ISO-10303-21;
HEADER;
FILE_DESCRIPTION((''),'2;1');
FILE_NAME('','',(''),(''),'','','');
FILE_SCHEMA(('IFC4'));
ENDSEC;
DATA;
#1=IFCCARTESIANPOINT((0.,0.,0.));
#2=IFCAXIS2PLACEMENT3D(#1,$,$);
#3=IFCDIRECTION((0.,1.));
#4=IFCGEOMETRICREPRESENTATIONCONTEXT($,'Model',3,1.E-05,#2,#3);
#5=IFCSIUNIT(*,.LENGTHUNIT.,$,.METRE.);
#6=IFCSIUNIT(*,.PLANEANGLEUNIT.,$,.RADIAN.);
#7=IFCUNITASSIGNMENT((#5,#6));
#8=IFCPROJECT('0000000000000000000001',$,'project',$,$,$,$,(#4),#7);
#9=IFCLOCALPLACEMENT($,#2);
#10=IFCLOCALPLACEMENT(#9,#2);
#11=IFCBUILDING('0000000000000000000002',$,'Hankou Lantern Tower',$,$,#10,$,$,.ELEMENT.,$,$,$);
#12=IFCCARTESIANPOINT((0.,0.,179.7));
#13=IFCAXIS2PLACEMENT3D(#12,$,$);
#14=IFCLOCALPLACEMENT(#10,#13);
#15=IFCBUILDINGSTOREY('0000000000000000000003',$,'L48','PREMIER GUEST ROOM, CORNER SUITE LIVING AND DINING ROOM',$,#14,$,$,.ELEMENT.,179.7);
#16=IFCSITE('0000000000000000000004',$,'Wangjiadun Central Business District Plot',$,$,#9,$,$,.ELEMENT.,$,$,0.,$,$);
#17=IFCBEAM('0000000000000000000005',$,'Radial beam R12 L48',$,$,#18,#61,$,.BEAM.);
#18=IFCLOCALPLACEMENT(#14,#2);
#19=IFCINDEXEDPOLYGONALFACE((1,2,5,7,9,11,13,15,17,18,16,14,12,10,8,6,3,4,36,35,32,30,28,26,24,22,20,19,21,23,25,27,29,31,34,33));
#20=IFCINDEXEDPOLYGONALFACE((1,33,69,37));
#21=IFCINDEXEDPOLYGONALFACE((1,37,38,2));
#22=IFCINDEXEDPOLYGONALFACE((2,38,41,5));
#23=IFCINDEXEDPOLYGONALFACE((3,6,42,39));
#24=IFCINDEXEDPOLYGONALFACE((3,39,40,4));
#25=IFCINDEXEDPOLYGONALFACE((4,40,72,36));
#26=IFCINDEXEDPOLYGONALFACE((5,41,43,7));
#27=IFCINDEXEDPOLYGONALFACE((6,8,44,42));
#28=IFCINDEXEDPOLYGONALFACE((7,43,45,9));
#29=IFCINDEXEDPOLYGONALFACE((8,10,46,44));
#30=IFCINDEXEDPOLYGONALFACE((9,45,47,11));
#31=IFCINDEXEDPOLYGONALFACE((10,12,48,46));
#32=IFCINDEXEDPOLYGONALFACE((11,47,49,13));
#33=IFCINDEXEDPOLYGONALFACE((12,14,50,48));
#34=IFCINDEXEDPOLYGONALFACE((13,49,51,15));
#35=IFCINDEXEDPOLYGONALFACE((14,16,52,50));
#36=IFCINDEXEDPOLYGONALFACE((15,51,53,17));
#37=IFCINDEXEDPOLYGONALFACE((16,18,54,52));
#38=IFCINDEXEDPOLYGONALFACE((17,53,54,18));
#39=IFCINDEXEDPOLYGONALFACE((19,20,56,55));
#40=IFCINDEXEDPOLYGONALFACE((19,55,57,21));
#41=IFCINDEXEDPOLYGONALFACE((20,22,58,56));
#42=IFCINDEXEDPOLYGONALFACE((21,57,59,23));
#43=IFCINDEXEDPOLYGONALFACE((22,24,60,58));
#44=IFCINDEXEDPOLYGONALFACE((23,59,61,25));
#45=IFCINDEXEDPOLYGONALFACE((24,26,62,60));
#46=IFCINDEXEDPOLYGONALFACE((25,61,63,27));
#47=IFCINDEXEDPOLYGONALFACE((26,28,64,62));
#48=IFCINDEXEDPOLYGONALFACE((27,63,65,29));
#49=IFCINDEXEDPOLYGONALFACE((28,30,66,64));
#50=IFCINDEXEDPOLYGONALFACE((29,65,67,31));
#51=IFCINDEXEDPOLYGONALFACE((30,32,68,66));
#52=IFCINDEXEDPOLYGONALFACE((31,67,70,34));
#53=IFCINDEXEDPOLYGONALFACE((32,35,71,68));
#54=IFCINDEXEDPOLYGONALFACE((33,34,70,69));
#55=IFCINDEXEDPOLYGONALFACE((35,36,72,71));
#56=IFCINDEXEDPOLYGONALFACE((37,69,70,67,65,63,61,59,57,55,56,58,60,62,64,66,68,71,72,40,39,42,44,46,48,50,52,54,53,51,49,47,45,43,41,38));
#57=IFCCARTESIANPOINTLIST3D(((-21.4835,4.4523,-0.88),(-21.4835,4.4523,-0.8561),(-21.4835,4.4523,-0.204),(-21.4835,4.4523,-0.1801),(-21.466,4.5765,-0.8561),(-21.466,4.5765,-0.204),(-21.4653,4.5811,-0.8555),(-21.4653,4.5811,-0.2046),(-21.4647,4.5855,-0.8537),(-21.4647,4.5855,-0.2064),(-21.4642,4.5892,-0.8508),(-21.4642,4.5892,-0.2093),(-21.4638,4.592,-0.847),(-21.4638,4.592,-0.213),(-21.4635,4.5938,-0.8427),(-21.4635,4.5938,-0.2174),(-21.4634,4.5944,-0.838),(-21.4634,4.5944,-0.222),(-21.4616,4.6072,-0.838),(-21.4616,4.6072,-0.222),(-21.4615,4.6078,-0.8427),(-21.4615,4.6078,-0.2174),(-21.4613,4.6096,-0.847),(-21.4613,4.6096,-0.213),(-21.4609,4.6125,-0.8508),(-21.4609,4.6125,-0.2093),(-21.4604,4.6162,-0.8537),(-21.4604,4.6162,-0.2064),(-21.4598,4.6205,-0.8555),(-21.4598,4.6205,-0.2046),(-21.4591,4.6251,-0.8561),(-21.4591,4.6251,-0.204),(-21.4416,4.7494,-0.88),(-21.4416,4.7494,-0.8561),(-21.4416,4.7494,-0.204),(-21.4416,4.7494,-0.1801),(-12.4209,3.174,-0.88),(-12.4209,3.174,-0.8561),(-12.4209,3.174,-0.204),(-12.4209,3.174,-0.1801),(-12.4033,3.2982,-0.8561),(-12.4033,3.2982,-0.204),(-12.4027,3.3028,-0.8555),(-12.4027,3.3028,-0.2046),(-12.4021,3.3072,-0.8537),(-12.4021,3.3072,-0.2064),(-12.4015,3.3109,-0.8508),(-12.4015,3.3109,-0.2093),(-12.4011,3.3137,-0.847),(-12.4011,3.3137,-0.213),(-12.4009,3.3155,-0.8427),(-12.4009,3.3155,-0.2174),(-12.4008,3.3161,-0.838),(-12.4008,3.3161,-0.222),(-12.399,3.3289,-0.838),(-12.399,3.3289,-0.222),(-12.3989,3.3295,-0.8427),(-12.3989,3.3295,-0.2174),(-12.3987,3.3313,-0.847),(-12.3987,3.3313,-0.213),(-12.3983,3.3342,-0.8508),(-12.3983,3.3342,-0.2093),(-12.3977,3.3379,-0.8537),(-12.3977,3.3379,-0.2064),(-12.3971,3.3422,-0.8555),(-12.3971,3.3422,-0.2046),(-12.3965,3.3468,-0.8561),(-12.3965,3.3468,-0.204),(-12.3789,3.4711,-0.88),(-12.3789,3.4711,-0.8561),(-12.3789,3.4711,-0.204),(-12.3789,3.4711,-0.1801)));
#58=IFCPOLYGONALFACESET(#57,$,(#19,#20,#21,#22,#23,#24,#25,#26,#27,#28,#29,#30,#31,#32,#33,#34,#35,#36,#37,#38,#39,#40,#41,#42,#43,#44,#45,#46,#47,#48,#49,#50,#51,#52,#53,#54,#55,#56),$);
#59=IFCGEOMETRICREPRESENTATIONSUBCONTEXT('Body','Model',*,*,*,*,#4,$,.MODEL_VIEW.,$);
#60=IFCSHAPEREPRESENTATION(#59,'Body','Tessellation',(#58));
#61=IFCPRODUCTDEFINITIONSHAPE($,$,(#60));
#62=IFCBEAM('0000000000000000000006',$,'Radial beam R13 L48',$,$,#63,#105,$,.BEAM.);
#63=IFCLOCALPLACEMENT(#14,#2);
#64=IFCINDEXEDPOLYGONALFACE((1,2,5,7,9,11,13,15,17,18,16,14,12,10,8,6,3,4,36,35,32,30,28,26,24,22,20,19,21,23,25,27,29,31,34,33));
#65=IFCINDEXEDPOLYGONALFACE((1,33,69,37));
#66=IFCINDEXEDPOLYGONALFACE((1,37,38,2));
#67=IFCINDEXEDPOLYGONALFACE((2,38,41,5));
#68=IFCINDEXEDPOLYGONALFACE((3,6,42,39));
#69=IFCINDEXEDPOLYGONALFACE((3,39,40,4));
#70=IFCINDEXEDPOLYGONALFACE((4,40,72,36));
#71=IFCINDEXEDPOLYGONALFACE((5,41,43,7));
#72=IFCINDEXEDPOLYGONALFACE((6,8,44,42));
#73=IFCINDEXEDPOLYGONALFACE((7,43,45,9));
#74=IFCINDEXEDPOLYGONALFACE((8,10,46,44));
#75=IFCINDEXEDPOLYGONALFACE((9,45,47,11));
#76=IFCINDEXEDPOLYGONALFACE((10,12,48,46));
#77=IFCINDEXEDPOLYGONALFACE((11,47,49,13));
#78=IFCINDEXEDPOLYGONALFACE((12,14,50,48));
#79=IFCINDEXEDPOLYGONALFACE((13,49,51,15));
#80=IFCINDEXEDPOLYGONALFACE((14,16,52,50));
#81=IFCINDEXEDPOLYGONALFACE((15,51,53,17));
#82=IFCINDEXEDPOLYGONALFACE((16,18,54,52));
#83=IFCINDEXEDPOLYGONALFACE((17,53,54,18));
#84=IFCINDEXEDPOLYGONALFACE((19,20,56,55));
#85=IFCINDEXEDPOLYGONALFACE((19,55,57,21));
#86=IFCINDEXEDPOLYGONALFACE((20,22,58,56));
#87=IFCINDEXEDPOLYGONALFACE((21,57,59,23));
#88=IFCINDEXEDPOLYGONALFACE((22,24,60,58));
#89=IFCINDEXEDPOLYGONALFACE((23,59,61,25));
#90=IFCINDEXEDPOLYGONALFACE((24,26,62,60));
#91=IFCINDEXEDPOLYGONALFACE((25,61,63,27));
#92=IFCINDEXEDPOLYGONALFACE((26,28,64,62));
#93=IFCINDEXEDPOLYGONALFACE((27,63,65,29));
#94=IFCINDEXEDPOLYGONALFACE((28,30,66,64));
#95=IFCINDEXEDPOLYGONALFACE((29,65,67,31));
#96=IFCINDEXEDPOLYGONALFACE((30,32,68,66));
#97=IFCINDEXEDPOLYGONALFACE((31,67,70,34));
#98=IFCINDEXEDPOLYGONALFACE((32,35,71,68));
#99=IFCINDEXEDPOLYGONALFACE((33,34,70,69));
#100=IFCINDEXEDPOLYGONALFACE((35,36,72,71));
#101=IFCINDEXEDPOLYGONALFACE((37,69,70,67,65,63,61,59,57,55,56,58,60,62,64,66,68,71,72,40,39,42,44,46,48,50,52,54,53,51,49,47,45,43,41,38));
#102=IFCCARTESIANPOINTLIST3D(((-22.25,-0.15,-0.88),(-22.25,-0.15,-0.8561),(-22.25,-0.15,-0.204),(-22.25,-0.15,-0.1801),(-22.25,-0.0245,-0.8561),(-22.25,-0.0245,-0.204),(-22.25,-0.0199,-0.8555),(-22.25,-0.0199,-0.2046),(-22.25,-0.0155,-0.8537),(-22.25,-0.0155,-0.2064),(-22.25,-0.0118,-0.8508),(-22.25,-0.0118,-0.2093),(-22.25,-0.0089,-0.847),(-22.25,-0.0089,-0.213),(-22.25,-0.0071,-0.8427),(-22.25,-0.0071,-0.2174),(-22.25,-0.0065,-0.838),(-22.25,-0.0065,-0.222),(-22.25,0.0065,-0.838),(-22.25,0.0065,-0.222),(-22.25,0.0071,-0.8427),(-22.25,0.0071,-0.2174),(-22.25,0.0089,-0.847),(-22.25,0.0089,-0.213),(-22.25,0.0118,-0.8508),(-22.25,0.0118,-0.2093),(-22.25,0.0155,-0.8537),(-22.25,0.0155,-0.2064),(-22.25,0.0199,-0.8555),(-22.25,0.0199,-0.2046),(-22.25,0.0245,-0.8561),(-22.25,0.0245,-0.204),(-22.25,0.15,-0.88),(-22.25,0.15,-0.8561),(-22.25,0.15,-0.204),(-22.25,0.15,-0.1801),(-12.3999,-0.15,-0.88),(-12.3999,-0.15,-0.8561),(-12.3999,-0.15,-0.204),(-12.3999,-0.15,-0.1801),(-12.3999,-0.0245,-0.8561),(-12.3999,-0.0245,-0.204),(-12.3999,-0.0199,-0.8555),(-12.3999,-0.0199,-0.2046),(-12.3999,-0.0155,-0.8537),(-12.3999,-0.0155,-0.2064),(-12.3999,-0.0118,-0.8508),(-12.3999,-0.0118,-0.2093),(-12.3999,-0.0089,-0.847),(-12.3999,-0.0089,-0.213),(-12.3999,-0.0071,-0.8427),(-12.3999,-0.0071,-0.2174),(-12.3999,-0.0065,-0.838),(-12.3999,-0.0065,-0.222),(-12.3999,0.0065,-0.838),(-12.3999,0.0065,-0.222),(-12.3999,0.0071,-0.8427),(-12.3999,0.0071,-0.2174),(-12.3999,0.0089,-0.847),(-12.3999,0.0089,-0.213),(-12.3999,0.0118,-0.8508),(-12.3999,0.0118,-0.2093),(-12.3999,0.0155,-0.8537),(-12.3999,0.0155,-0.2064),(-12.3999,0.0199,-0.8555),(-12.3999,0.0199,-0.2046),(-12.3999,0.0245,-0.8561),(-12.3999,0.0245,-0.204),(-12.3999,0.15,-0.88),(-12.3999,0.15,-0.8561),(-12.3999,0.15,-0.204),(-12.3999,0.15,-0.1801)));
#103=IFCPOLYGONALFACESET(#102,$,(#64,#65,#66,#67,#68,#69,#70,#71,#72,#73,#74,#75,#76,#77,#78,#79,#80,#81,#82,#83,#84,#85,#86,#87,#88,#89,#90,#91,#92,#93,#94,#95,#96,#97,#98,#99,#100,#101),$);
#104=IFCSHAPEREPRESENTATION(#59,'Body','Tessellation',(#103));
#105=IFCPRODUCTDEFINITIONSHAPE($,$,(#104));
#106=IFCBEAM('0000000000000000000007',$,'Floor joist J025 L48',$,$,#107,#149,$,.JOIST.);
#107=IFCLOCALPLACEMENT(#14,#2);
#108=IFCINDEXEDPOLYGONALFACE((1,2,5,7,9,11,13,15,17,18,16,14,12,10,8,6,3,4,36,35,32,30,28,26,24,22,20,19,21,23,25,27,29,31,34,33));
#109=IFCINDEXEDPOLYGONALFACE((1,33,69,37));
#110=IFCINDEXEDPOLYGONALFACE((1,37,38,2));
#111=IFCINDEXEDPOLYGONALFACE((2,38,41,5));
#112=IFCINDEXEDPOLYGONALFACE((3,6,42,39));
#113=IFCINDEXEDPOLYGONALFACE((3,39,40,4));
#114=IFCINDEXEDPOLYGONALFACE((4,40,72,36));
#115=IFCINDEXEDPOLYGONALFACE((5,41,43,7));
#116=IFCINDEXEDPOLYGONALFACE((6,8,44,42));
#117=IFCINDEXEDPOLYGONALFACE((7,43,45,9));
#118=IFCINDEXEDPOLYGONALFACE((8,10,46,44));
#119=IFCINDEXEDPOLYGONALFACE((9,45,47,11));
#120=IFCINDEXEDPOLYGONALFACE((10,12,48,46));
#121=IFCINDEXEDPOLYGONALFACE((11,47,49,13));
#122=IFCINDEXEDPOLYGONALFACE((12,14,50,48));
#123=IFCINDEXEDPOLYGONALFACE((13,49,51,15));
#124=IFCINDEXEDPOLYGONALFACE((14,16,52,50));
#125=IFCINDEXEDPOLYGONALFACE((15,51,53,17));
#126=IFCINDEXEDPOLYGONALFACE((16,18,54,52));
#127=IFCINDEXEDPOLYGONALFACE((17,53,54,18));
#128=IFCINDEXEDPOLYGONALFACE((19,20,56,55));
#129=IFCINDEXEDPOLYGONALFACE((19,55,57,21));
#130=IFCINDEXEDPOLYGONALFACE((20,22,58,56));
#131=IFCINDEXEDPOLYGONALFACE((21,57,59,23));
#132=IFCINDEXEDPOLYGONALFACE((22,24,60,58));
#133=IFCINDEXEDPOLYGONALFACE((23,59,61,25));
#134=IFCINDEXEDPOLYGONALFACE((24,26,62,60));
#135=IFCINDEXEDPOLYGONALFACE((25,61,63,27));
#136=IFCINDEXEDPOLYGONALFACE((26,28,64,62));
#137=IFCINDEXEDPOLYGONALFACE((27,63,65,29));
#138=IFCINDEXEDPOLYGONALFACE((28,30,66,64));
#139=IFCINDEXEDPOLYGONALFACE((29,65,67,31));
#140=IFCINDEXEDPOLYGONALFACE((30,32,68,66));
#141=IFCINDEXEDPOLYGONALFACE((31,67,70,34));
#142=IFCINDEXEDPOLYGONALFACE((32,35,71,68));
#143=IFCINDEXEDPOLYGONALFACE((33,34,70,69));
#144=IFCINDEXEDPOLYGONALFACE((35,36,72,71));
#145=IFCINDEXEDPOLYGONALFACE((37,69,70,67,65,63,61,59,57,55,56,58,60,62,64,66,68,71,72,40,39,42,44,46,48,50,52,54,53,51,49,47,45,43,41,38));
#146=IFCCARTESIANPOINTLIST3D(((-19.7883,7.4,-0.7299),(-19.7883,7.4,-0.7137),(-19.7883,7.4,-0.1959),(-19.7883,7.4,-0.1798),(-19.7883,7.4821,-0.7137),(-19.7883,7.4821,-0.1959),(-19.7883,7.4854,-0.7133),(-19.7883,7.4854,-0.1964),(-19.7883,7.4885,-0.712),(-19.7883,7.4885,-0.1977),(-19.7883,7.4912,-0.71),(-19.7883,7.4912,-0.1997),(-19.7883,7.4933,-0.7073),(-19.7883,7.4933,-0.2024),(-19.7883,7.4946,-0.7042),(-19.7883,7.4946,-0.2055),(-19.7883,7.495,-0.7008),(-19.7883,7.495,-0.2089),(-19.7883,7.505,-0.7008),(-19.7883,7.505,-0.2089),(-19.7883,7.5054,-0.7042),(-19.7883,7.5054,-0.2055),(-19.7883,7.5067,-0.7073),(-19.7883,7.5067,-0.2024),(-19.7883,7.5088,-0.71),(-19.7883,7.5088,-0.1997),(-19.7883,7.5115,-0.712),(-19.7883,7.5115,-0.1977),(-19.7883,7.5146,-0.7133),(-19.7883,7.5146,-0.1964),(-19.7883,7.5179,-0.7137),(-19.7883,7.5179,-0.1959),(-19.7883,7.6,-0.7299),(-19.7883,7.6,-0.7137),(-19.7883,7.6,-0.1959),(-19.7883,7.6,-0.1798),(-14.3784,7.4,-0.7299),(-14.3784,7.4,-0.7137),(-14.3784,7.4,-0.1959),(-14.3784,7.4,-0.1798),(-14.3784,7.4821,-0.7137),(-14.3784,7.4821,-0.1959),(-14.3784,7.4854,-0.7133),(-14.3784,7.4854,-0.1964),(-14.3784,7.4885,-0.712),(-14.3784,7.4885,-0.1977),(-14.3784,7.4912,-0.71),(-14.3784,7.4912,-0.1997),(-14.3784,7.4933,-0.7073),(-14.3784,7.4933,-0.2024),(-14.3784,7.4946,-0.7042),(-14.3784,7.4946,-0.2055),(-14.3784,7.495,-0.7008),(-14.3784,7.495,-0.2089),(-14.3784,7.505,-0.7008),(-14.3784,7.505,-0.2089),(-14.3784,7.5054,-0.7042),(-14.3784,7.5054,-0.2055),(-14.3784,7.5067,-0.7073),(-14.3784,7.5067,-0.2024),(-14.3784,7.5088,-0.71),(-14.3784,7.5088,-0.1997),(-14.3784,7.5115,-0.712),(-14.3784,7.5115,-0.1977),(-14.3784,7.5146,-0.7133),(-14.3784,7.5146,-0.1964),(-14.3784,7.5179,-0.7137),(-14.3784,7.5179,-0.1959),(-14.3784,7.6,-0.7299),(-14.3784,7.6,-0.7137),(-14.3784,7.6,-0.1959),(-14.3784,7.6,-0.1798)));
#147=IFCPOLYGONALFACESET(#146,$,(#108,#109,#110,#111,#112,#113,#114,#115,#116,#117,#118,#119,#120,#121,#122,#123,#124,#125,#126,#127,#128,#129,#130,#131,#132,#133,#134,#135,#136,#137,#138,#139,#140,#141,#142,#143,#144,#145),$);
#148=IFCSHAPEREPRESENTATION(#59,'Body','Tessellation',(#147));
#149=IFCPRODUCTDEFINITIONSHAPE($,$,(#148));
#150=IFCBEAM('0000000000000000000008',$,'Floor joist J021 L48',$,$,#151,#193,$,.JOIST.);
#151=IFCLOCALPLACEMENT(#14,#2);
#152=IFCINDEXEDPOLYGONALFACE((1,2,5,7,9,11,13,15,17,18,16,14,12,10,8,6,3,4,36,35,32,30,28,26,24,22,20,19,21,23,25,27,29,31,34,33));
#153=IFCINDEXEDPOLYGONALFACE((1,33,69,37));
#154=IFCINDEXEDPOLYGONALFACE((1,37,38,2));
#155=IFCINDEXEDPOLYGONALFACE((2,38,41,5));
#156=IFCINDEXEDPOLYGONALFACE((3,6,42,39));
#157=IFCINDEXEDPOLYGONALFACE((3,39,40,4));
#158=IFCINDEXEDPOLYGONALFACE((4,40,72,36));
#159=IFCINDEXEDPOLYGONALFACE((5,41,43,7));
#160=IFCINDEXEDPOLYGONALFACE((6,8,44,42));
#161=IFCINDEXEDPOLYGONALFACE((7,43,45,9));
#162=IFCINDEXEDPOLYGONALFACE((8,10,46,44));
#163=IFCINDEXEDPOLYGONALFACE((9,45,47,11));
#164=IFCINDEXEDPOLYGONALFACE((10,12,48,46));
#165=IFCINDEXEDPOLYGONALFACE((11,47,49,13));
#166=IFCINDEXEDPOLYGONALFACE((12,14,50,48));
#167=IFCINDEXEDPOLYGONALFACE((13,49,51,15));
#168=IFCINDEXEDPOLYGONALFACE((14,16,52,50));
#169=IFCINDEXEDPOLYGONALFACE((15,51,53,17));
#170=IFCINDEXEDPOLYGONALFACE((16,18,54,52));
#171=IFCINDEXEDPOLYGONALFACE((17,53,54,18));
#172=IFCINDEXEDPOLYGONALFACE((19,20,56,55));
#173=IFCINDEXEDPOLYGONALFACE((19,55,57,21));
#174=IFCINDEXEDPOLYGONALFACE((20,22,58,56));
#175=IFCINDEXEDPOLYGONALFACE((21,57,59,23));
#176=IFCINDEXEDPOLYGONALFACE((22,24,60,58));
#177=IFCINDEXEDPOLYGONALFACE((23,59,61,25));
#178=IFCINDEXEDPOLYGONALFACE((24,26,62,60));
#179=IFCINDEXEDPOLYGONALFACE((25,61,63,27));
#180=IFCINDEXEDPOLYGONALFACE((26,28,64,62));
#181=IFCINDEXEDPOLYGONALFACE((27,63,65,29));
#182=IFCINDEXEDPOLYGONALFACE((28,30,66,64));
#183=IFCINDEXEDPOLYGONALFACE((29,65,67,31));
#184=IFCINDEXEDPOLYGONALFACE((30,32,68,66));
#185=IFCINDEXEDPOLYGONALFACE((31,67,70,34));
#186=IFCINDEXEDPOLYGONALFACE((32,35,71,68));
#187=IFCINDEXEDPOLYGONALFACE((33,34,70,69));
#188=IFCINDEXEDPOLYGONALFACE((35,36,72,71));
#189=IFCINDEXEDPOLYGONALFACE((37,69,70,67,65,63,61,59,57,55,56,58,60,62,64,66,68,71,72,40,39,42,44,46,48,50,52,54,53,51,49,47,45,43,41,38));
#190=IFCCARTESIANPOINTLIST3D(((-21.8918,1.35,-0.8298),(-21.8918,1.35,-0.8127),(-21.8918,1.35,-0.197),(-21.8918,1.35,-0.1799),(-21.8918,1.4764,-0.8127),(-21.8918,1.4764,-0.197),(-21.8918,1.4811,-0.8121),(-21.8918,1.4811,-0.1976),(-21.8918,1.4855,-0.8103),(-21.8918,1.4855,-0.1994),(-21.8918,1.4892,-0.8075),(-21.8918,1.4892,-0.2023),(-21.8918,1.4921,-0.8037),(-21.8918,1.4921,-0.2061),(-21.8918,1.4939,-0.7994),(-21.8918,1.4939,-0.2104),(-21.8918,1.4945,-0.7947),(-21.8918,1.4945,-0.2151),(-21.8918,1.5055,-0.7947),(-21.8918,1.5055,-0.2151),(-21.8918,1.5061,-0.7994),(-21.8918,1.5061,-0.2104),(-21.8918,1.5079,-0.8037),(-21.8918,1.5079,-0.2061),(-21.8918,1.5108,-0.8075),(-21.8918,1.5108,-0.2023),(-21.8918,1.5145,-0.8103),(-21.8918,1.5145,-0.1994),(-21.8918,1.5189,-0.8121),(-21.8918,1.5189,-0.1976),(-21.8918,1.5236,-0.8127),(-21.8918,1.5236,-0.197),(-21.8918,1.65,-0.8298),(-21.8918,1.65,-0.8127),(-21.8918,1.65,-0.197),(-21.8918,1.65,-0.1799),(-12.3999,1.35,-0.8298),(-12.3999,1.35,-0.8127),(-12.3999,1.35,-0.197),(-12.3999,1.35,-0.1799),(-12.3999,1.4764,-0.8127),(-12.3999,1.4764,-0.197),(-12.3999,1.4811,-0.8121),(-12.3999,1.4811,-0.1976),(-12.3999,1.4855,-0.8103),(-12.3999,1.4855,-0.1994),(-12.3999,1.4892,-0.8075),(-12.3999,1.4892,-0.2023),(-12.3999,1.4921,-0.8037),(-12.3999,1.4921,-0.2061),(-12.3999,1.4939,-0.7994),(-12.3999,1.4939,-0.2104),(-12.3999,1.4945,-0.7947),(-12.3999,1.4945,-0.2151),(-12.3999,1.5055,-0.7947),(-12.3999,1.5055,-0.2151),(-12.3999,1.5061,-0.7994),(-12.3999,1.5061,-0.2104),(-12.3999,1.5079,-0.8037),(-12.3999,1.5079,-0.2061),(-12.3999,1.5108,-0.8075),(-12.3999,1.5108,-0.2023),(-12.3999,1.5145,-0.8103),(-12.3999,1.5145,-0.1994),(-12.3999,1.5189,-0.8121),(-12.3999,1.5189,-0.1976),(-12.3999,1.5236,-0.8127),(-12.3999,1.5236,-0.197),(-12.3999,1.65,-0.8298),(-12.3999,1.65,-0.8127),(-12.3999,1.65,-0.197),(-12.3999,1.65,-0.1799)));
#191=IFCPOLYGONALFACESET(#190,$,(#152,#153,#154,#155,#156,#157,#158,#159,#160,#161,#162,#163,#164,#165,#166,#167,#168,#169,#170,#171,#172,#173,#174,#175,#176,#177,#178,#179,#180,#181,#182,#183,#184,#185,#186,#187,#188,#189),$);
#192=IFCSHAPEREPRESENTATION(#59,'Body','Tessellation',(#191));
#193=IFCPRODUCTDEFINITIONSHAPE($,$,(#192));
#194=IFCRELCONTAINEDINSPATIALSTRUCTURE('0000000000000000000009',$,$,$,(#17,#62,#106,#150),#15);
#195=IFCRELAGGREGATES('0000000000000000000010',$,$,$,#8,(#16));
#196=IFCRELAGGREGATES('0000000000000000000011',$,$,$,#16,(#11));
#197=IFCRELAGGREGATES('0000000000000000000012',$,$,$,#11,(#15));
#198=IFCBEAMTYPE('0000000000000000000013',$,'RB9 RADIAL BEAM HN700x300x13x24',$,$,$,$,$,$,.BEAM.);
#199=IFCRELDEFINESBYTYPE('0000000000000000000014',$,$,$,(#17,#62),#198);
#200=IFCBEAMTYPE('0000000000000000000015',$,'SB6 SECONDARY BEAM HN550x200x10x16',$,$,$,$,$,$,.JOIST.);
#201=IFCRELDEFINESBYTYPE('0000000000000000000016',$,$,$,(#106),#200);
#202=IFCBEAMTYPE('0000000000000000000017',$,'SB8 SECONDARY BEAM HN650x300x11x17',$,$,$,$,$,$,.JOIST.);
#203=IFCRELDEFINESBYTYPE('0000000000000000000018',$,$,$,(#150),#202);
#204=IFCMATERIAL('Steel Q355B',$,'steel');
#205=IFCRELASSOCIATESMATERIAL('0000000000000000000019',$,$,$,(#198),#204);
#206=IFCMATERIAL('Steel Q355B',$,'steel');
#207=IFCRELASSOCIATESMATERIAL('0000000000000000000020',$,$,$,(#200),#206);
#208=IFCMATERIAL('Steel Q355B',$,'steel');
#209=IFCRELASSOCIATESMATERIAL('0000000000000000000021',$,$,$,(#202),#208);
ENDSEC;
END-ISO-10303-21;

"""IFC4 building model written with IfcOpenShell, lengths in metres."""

from ifc_helpers import new_model, si_unit, direction, frame, origin, origin_2d, place, context, subcontext, project, spatial, i_section, extrude, material, material_profile, profile_set, type_object, element, save


model = new_model("IFC4")

# Units and contexts
model_context = context("Model", 3, precision=1e-05, world=origin(), true_north=direction((0.0, 1.0)))
body_context = subcontext(model_context, "Body", "Model", "MODEL_VIEW")
ifc_project = project(units=[si_unit("LENGTHUNIT", "METRE"), si_unit("PLANEANGLEUNIT", "RADIAN")], contexts=[model_context])

# Site, building, storey
site_placement = place(None, origin())
site = spatial("IfcSite", under=ifc_project, at=site_placement, Name="Wangjiadun Central Business District Plot", CompositionType="ELEMENT", RefElevation=0.0)
building_placement = place(site_placement, origin())
building = spatial("IfcBuilding", under=site, at=building_placement, Name="Hankou Lantern Tower", CompositionType="ELEMENT")
storey_placement = place(building_placement, frame((0.0, 0.0, 179.7)))
storey = spatial("IfcBuildingStorey", under=building, at=storey_placement, Name="L48", Description="PREMIER GUEST ROOM, CORNER SUITE LIVING AND DINING ROOM", CompositionType="ELEMENT", Elevation=179.7)

# Beams
ifc_material_1 = material(Name="Steel Q355B", Category="steel")
ifc_material_profile_1 = material_profile(ifc_material_1, i_section(OverallWidth=0.3, OverallDepth=0.7, WebThickness=0.0129, FlangeThickness=0.0239, FilletRadius=0.0181, at=origin_2d()), Name="HN700x300x13x24")
ifc_profile_set_1 = profile_set([ifc_material_profile_1], Name="Steel Q355B")
beam_type_1 = type_object("IfcBeamType", Name="RB9 RADIAL BEAM HN700x300x13x24", PredefinedType="BEAM", material=ifc_profile_set_1)
beam_1_placement = place(storey_placement, frame((-12.3999, 3.3225, -0.53), z_axis=(-0.990198, 0.13967, 0.0), x_axis=(-0.13967, -0.990198, 0.0)))
element("IfcBeam", 1, at=beam_1_placement, inside=storey, type_object=beam_type_1, Name="Radial beam R12 L48", PredefinedType="BEAM", context=body_context, shape_type="SweptSolid", body=[
    extrude(i_section(OverallWidth=0.3, OverallDepth=0.7, WebThickness=0.0129, FlangeThickness=0.0239, FilletRadius=0.0181, at=origin_2d()), origin(), (0.0, 0.0, 1.0), 9.1523),
])
beam_2_placement = place(storey_placement, frame((-12.3999, 0.0, -0.53), z_axis=(-1.0, 0.0, 0.0), x_axis=(0.0, -1.0, 0.0)))
element("IfcBeam", 2, at=beam_2_placement, inside=storey, type_object=beam_type_1, Name="Radial beam R13 L48", PredefinedType="BEAM", context=body_context, shape_type="SweptSolid", body=[
    extrude(i_section(OverallWidth=0.3, OverallDepth=0.7, WebThickness=0.0129, FlangeThickness=0.0239, FilletRadius=0.0181, at=origin_2d()), origin(), (0.0, 0.0, 1.0), 9.8501),
])
ifc_material_2 = material(Name="Steel Q355B", Category="steel")
ifc_material_profile_2 = material_profile(ifc_material_2, i_section(OverallWidth=0.2, OverallDepth=0.55, WebThickness=0.01, FlangeThickness=0.0161, FilletRadius=0.0129, at=origin_2d()), Name="HN550x200x10x16")
ifc_profile_set_2 = profile_set([ifc_material_profile_2], Name="Steel Q355B")
beam_type_2 = type_object("IfcBeamType", Name="SB6 SECONDARY BEAM HN550x200x10x16", PredefinedType="JOIST", material=ifc_profile_set_2)
beam_3_placement = place(storey_placement, frame((-19.7883, 7.5, -0.4548), z_axis=(1.0, 0.0, 0.0), x_axis=(0.0, 1.0, 0.0)))
element("IfcBeam", 3, at=beam_3_placement, inside=storey, type_object=beam_type_2, Name="Floor joist J025 L48", PredefinedType="JOIST", context=body_context, shape_type="SweptSolid", body=[
    extrude(i_section(OverallWidth=0.2, OverallDepth=0.55, WebThickness=0.01, FlangeThickness=0.0161, FilletRadius=0.0129, at=origin_2d()), origin(), (0.0, 0.0, 1.0), 5.4099),
])
ifc_material_3 = material(Name="Steel Q355B", Category="steel")
ifc_material_profile_3 = material_profile(ifc_material_3, i_section(OverallWidth=0.3, OverallDepth=0.6499, WebThickness=0.011, FlangeThickness=0.0171, FilletRadius=0.0181, at=origin_2d()), Name="HN650x300x11x17")
ifc_profile_set_3 = profile_set([ifc_material_profile_3], Name="Steel Q355B")
beam_type_3 = type_object("IfcBeamType", Name="SB8 SECONDARY BEAM HN650x300x11x17", PredefinedType="JOIST", material=ifc_profile_set_3)
beam_4_placement = place(storey_placement, frame((-21.8918, 1.5, -0.5049), z_axis=(1.0, 0.0, 0.0), x_axis=(0.0, 1.0, 0.0)))
element("IfcBeam", 4, at=beam_4_placement, inside=storey, type_object=beam_type_3, Name="Floor joist J021 L48", PredefinedType="JOIST", context=body_context, shape_type="SweptSolid", body=[
    extrude(i_section(OverallWidth=0.3, OverallDepth=0.6499, WebThickness=0.011, FlangeThickness=0.0171, FilletRadius=0.0181, at=origin_2d()), origin(), (0.0, 0.0, 1.0), 9.4919),
])

save(model, "model.ifc")
